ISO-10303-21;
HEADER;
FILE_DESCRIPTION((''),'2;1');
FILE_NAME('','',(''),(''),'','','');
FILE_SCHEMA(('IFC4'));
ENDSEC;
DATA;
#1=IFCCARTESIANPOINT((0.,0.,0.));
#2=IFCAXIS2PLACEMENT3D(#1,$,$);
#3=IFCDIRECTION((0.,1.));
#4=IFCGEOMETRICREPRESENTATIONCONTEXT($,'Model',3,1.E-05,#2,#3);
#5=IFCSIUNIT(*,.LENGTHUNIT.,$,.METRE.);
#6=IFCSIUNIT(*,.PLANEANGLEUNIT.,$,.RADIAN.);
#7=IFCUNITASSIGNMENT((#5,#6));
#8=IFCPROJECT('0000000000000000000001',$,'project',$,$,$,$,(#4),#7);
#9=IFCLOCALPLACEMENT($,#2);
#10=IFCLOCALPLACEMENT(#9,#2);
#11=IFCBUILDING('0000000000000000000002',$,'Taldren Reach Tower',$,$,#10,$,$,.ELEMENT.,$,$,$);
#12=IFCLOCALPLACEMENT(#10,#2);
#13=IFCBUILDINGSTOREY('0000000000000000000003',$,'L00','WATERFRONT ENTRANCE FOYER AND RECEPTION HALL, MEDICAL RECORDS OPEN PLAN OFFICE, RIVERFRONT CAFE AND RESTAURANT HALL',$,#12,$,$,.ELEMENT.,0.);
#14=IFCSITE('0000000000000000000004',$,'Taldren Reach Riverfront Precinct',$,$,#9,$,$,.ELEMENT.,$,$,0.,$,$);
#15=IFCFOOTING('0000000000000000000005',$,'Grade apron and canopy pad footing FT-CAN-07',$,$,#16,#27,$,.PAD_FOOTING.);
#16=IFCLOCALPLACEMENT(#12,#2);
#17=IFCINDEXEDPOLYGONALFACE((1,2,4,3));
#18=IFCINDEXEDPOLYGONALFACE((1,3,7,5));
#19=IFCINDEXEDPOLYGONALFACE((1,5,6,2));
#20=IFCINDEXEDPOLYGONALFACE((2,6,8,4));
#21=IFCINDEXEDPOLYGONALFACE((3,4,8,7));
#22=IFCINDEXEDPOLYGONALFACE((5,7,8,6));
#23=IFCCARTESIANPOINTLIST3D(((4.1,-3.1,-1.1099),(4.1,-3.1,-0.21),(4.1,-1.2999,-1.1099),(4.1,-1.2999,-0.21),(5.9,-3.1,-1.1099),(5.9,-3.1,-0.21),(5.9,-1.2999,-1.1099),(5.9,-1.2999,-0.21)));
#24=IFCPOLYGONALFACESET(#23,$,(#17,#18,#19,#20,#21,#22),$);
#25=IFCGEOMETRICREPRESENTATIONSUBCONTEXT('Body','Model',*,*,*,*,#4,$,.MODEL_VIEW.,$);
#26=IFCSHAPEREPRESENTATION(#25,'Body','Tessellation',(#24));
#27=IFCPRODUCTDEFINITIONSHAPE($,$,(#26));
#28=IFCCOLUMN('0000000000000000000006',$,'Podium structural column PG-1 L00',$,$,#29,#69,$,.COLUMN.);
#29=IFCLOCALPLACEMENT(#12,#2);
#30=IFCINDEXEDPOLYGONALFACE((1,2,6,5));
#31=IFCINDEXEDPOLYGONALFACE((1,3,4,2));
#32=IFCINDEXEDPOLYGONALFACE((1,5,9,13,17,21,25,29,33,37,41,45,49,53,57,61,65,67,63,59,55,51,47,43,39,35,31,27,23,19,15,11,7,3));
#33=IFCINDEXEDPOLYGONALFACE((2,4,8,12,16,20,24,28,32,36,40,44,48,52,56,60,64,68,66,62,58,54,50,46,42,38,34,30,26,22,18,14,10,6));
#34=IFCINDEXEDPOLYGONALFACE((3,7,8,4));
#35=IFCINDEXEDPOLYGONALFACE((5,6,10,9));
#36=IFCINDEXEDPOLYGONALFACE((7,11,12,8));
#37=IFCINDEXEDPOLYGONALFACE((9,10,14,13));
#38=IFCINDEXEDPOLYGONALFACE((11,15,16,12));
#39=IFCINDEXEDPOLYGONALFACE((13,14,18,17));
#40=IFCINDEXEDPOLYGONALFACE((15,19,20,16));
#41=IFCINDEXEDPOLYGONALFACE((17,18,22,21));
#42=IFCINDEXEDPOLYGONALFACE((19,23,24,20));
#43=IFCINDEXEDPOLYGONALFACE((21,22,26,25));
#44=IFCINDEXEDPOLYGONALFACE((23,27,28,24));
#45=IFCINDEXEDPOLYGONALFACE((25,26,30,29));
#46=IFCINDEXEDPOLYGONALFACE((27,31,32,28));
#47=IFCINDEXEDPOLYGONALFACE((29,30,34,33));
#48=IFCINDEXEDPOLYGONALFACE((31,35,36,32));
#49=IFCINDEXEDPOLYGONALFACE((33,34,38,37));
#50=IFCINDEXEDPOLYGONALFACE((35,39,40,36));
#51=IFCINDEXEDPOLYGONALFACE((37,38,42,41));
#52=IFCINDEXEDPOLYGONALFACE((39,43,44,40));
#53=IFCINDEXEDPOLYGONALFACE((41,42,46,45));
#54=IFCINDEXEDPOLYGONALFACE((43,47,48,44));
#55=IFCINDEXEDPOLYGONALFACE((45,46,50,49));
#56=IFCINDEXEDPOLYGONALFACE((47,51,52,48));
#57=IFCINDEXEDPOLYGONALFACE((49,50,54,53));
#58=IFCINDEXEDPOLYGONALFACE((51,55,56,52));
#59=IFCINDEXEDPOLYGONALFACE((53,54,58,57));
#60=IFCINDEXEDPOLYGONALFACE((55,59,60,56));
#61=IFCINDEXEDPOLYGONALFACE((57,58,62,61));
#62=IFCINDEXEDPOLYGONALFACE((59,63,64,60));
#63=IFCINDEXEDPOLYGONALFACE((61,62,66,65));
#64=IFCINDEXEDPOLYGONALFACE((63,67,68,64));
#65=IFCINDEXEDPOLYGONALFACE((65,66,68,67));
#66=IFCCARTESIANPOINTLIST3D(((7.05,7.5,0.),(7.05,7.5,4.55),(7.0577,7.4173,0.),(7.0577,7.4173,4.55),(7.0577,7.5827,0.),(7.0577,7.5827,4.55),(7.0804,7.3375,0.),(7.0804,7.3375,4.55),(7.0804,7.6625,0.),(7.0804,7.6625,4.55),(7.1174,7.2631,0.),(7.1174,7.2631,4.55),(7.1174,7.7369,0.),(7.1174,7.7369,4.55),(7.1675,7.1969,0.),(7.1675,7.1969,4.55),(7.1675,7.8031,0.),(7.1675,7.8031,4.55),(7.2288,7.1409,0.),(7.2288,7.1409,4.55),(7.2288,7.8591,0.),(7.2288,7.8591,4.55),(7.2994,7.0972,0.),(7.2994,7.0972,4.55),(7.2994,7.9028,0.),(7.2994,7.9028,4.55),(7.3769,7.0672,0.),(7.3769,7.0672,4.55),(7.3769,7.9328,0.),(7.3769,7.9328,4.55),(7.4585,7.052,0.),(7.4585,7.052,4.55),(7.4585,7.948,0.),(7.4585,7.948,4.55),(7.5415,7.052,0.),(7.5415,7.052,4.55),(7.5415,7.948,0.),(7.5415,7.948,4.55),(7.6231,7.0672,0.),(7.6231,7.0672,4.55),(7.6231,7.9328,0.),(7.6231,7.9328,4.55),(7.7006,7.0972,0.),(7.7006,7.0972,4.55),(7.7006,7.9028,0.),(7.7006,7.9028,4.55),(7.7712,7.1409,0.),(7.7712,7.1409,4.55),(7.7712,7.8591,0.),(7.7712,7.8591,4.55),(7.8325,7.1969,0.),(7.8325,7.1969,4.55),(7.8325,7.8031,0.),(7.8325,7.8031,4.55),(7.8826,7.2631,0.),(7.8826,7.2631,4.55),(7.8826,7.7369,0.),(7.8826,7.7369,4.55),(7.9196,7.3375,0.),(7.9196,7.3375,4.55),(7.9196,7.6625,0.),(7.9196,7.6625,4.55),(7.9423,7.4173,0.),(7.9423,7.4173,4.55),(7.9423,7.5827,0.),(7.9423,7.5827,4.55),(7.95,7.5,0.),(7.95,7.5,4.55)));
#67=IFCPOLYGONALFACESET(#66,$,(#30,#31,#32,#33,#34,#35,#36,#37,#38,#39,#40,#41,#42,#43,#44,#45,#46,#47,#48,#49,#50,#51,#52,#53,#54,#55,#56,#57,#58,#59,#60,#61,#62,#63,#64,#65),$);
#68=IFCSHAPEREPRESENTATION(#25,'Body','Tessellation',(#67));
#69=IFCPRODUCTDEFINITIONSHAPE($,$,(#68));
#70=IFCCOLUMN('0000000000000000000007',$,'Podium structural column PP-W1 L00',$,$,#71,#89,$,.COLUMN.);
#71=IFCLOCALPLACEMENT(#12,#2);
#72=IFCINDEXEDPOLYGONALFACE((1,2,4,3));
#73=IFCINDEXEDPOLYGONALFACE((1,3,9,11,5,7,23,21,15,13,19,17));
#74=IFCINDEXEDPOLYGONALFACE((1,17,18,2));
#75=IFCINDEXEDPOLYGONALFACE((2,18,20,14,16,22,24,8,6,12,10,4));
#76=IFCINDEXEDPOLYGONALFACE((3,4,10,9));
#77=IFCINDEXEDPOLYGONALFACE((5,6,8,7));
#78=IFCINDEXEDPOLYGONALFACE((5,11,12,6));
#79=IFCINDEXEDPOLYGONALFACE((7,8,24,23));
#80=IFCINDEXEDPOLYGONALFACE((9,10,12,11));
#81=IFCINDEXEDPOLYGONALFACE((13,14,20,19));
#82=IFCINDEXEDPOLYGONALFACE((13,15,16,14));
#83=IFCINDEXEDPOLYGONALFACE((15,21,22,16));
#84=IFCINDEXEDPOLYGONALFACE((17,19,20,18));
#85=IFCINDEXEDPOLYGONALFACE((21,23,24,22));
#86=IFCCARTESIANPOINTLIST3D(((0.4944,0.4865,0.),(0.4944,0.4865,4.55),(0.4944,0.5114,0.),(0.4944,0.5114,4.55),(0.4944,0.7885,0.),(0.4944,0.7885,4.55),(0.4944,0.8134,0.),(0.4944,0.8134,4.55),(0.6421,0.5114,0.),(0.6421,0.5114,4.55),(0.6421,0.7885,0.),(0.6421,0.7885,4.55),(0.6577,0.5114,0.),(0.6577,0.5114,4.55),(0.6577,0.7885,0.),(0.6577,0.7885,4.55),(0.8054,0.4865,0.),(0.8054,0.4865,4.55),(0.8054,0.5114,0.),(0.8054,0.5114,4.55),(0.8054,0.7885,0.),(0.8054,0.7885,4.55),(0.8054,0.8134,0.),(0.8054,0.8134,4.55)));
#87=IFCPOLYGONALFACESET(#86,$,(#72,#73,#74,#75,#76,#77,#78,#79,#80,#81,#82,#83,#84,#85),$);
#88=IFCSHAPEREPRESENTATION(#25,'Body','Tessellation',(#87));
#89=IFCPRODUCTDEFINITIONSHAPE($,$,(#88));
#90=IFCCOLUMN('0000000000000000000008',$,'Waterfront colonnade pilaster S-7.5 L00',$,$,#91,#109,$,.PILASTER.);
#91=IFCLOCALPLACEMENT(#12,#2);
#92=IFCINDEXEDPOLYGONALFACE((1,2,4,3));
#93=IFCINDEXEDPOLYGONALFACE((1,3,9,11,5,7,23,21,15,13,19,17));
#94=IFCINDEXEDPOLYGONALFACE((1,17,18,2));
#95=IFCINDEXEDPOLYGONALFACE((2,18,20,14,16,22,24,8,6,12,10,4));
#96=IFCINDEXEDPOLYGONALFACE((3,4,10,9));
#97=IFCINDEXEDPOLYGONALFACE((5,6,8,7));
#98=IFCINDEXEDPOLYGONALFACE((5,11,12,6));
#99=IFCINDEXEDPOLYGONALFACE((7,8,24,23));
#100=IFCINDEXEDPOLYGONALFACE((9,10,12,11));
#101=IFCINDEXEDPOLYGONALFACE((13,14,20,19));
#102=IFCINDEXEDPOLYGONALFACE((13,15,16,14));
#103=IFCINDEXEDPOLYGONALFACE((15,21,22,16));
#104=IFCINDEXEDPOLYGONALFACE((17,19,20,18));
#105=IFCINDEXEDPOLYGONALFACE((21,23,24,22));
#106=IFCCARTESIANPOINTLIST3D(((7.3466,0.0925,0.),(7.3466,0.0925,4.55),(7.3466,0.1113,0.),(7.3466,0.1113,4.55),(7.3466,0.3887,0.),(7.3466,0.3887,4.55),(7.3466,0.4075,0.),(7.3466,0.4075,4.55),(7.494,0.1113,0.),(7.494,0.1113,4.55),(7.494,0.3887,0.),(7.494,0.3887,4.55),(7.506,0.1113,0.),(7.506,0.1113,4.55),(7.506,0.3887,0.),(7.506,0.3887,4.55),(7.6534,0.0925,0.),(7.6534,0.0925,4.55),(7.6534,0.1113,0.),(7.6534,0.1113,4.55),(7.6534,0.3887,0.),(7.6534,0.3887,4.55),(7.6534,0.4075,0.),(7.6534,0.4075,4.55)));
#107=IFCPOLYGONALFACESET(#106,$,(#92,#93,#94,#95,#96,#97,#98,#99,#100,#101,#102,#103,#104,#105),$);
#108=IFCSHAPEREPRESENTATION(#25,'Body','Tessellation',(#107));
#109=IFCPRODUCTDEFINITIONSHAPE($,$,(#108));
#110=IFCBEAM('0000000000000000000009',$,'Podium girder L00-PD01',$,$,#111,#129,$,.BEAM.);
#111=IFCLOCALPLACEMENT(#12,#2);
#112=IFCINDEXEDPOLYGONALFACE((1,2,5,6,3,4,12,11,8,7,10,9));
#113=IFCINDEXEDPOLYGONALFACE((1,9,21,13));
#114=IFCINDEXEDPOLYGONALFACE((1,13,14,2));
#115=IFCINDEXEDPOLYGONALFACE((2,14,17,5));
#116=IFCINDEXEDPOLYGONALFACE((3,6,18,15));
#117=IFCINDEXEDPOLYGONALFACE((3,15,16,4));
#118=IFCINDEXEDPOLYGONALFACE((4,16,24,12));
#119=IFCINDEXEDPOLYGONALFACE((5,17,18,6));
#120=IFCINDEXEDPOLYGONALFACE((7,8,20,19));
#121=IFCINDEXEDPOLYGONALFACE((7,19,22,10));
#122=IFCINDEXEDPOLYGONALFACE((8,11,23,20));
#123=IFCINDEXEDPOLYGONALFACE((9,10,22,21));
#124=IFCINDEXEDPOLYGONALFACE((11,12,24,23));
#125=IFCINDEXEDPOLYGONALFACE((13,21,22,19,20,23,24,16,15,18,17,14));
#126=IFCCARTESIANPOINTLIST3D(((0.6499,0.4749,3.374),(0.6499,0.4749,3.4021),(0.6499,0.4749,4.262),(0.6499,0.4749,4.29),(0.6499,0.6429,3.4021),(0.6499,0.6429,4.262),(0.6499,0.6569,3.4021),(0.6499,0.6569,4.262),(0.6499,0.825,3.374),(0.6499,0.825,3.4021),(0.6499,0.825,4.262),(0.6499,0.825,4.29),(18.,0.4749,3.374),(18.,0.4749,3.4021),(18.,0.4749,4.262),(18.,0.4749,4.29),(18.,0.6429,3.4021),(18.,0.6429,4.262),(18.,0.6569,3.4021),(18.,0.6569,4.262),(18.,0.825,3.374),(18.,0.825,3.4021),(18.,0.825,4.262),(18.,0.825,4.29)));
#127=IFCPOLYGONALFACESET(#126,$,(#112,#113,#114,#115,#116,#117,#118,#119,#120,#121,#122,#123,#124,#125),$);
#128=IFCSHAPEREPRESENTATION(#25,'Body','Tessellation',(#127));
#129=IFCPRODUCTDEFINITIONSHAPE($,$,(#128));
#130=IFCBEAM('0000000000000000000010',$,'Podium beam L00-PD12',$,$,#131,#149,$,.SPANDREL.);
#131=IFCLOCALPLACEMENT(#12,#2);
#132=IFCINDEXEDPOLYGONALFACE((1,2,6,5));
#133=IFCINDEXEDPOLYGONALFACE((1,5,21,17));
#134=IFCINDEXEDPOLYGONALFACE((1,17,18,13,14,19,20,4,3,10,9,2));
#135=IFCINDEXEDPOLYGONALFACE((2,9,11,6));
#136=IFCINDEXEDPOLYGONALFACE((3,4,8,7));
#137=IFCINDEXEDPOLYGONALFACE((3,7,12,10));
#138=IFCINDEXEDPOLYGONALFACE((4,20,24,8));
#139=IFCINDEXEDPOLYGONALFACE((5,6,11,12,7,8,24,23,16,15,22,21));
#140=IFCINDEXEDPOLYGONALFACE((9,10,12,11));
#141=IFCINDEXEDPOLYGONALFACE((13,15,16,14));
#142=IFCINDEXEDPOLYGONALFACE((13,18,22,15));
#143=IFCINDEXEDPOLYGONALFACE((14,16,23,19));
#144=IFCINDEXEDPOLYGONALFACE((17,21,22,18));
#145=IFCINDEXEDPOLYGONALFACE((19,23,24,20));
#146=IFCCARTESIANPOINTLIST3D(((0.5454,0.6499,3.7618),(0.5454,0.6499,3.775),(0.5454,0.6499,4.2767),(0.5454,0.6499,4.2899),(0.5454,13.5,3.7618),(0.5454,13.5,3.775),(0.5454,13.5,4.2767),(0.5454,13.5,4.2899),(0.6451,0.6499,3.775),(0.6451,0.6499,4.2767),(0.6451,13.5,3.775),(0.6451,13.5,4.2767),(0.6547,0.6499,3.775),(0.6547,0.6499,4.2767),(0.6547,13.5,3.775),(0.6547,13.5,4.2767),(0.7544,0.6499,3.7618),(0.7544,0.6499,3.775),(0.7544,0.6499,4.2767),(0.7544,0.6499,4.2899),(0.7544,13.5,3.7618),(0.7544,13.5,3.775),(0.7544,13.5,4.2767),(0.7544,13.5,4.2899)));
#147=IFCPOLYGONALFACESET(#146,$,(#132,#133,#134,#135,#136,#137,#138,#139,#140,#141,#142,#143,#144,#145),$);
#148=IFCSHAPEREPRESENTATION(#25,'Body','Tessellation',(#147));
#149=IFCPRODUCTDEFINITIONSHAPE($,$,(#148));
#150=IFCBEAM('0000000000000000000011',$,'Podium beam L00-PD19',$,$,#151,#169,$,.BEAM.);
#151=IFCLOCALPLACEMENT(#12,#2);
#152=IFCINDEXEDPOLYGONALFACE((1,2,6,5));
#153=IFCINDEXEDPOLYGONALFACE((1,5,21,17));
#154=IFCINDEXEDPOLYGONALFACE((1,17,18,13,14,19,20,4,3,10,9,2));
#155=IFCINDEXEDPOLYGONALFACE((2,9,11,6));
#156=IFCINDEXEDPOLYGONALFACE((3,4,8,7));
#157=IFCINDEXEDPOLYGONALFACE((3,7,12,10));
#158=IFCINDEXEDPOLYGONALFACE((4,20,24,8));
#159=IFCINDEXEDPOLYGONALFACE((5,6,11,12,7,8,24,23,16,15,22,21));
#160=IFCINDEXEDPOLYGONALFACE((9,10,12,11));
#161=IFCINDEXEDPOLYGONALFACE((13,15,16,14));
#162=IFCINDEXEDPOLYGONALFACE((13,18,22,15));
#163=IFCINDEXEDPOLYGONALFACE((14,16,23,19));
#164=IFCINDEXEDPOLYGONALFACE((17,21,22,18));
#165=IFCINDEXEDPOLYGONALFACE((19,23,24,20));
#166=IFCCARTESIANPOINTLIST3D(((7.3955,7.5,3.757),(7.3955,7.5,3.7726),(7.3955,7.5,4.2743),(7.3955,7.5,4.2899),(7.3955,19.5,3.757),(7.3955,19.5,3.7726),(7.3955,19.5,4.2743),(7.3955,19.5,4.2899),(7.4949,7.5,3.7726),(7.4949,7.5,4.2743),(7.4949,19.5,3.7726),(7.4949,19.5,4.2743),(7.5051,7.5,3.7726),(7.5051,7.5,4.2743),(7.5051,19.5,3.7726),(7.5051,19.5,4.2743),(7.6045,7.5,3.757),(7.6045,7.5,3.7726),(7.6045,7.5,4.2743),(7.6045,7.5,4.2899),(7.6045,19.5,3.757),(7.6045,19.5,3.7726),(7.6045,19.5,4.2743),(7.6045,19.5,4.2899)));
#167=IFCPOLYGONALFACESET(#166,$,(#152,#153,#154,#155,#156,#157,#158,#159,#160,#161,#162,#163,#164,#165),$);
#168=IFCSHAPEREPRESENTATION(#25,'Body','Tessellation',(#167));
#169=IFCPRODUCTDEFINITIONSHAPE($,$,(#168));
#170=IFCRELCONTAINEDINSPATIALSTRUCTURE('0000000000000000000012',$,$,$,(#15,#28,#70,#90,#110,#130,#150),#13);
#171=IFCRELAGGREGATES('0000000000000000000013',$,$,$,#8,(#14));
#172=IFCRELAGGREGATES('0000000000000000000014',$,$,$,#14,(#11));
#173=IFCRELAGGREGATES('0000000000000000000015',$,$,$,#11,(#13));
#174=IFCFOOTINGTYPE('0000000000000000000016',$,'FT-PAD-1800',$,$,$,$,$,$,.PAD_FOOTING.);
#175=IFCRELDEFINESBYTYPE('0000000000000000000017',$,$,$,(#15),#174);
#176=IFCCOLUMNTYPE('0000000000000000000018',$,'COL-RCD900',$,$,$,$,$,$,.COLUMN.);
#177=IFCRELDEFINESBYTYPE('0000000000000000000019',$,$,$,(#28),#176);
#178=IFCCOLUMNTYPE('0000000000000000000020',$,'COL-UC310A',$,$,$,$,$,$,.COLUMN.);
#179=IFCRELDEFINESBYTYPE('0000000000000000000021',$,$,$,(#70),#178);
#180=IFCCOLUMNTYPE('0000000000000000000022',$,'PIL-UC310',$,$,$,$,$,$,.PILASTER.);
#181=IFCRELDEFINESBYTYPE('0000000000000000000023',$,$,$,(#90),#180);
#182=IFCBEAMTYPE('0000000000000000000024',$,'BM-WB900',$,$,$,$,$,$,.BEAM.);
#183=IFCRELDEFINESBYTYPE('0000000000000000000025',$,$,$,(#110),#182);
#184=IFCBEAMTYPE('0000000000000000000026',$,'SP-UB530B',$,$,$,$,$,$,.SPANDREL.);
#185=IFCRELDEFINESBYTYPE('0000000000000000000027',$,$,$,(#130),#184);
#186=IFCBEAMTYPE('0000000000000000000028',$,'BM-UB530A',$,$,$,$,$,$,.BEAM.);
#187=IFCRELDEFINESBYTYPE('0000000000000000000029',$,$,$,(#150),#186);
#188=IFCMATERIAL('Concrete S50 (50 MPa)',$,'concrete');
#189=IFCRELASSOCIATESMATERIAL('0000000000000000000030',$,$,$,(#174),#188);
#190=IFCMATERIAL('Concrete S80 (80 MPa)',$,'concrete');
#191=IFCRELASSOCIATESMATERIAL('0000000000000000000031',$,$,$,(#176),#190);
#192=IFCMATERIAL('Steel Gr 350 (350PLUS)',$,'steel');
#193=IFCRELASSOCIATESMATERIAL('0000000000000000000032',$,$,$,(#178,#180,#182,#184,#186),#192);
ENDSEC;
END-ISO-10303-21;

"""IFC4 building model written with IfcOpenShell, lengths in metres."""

from ifc_helpers import new_model, si_unit, direction, frame, origin, origin_2d, place, context, subcontext, project, spatial, rectangle, circle, i_section, extrude, source, transform, mapped, material, material_profile, profile_set, type_object, element, save


model = new_model("IFC4")

# Units and contexts
model_context = context("Model", 3, precision=1e-05, world=origin(), true_north=direction((0.0, 1.0)))
body_context = subcontext(model_context, "Body", "Model", "MODEL_VIEW")
ifc_project = project(units=[si_unit("LENGTHUNIT", "METRE"), si_unit("PLANEANGLEUNIT", "RADIAN")], contexts=[model_context])

# Site, building, storey
site_placement = place(None, origin())
site = spatial("IfcSite", under=ifc_project, at=site_placement, Name="Taldren Reach Riverfront Precinct", CompositionType="ELEMENT", RefElevation=0.0)
building_placement = place(site_placement, origin())
building = spatial("IfcBuilding", under=site, at=building_placement, Name="Taldren Reach Tower", CompositionType="ELEMENT")
storey_placement = place(building_placement, origin())
storey = spatial("IfcBuildingStorey", under=building, at=storey_placement, Name="L00", Description="WATERFRONT ENTRANCE FOYER AND RECEPTION HALL, MEDICAL RECORDS OPEN PLAN OFFICE, RIVERFRONT CAFE AND RESTAURANT HALL", CompositionType="ELEMENT", Elevation=0.0)

# Footing
ifc_material_1 = material(Name="Concrete S50 (50 MPa)", Category="concrete")
footing_type = type_object("IfcFootingType", Name="FT-PAD-1800", PredefinedType="PAD_FOOTING", material=ifc_material_1)
shared_shape_1 = source(origin(), body_context, "Body", "SweptSolid", [
    extrude(rectangle(XDim=1.8, YDim=1.8, at=origin_2d()), origin(), (0.0, 0.0, 1.0), 0.8999),
])
footing_placement = place(storey_placement, frame((5.0, -2.2, -1.1099), z_axis=(0.0, 0.0, 1.0), x_axis=(1.0, 0.0, 0.0)))
element("IfcFooting", 1, at=footing_placement, inside=storey, type_object=footing_type, Name="Grade apron and canopy pad footing FT-CAN-07", PredefinedType="PAD_FOOTING", context=body_context, shape_type="MappedRepresentation", body=[
    mapped(shared_shape_1, transform((0.0, 0.0, 0.0), scale=1.0)),
])

# Columns
ifc_material_2 = material(Name="Concrete S80 (80 MPa)", Category="concrete")
ifc_material_profile_1 = material_profile(ifc_material_2, circle(Radius=0.45, at=origin_2d()), Name="RC-900D")
ifc_profile_set_1 = profile_set([ifc_material_profile_1], Name="Concrete S80 (80 MPa)")
column_type_1 = type_object("IfcColumnType", Name="COL-RCD900", PredefinedType="COLUMN", material=ifc_profile_set_1)
shared_shape_2 = source(origin(), body_context, "Body", "SweptSolid", [
    extrude(circle(Radius=0.45, at=origin_2d()), origin(), (0.0, 0.0, 1.0), 4.55),
])
column_1_placement = place(storey_placement, frame((7.5, 7.5, 0.0), z_axis=(0.0, 0.0, 1.0), x_axis=(1.0, 0.0, 0.0)))
element("IfcColumn", 2, at=column_1_placement, inside=storey, type_object=column_type_1, Name="Podium structural column PG-1 L00", PredefinedType="COLUMN", context=body_context, shape_type="MappedRepresentation", body=[
    mapped(shared_shape_2, transform((0.0, 0.0, 0.0), scale=1.0)),
])
ifc_material_3 = material(Name="Steel Gr 350 (350PLUS)", Category="steel")
ifc_material_profile_2 = material_profile(ifc_material_3, i_section(OverallWidth=0.311, OverallDepth=0.3269, WebThickness=0.0156, FlangeThickness=0.0249, at=origin_2d()), Name="310UC158")
ifc_profile_set_2 = profile_set([ifc_material_profile_2], Name="Steel Gr 350 (350PLUS)")
column_type_2 = type_object("IfcColumnType", Name="COL-UC310A", PredefinedType="COLUMN", material=ifc_profile_set_2)
shared_shape_3 = source(origin(), body_context, "Body", "SweptSolid", [
    extrude(i_section(OverallWidth=0.311, OverallDepth=0.3269, WebThickness=0.0156, FlangeThickness=0.0249, at=origin_2d()), origin(), (0.0, 0.0, 1.0), 4.55),
])
column_2_placement = place(storey_placement, frame((0.6499, 0.6499, 0.0), z_axis=(0.0, 0.0, 1.0), x_axis=(1.0, 0.0, 0.0)))
element("IfcColumn", 3, at=column_2_placement, inside=storey, type_object=column_type_2, Name="Podium structural column PP-W1 L00", PredefinedType="COLUMN", context=body_context, shape_type="MappedRepresentation", body=[
    mapped(shared_shape_3, transform((0.0, 0.0, 0.0), scale=1.0)),
])
ifc_material_profile_3 = material_profile(ifc_material_3, i_section(OverallWidth=0.3069, OverallDepth=0.3149, WebThickness=0.012, FlangeThickness=0.0188, at=origin_2d()), Name="310UC118")
ifc_profile_set_3 = profile_set([ifc_material_profile_3], Name="Steel Gr 350 (350PLUS)")
column_type_3 = type_object("IfcColumnType", Name="PIL-UC310", PredefinedType="PILASTER", material=ifc_profile_set_3)
shared_shape_4 = source(origin(), body_context, "Body", "SweptSolid", [
    extrude(i_section(OverallWidth=0.3069, OverallDepth=0.3149, WebThickness=0.012, FlangeThickness=0.0188, at=origin_2d()), origin(), (0.0, 0.0, 1.0), 4.55),
])
column_3_placement = place(storey_placement, frame((7.5, 0.25, 0.0), z_axis=(0.0, 0.0, 1.0), x_axis=(1.0, 0.0, 0.0)))
element("IfcColumn", 4, at=column_3_placement, inside=storey, type_object=column_type_3, Name="Waterfront colonnade pilaster S-7.5 L00", PredefinedType="PILASTER", context=body_context, shape_type="MappedRepresentation", body=[
    mapped(shared_shape_4, transform((0.0, 0.0, 0.0), scale=1.0)),
])

# Beams
ifc_material_profile_4 = material_profile(ifc_material_3, i_section(OverallWidth=0.3501, OverallDepth=0.916, WebThickness=0.0139, FlangeThickness=0.0281, at=origin_2d()), Name="900WB257")
ifc_profile_set_4 = profile_set([ifc_material_profile_4], Name="Steel Gr 350 (350PLUS)")
beam_type_1 = type_object("IfcBeamType", Name="BM-WB900", PredefinedType="BEAM", material=ifc_profile_set_4)
shared_shape_5 = source(origin(), body_context, "Body", "SweptSolid", [
    extrude(i_section(OverallWidth=0.3501, OverallDepth=0.916, WebThickness=0.0139, FlangeThickness=0.0281, at=origin_2d()), origin(), (0.0, 0.0, 1.0), 17.3501),
])
beam_1_placement = place(storey_placement, frame((0.6499, 0.6499, 3.832), z_axis=(1.0, 0.0, 0.0), x_axis=(0.0, 1.0, 0.0)))
element("IfcBeam", 5, at=beam_1_placement, inside=storey, type_object=beam_type_1, Name="Podium girder L00-PD01", PredefinedType="BEAM", context=body_context, shape_type="MappedRepresentation", body=[
    mapped(shared_shape_5, transform((0.0, 0.0, 0.0), scale=1.0)),
])
ifc_material_profile_5 = material_profile(ifc_material_3, i_section(OverallWidth=0.209, OverallDepth=0.5281, WebThickness=0.0095, FlangeThickness=0.0132, at=origin_2d()), Name="530UB82.0")
ifc_profile_set_5 = profile_set([ifc_material_profile_5], Name="Steel Gr 350 (350PLUS)")
beam_type_2 = type_object("IfcBeamType", Name="SP-UB530B", PredefinedType="SPANDREL", material=ifc_profile_set_5)
shared_shape_6 = source(origin(), body_context, "Body", "SweptSolid", [
    extrude(i_section(OverallWidth=0.209, OverallDepth=0.5281, WebThickness=0.0095, FlangeThickness=0.0132, at=origin_2d()), origin(), (0.0, 0.0, 1.0), 12.8501),
])
beam_2_placement = place(storey_placement, frame((0.6499, 0.6499, 4.0259), z_axis=(0.0, 1.0, 0.0), x_axis=(-1.0, 0.0, 0.0)))
element("IfcBeam", 6, at=beam_2_placement, inside=storey, type_object=beam_type_2, Name="Podium beam L00-PD12", PredefinedType="SPANDREL", context=body_context, shape_type="MappedRepresentation", body=[
    mapped(shared_shape_6, transform((0.0, 0.0, 0.0), scale=1.0)),
])
ifc_material_profile_6 = material_profile(ifc_material_3, i_section(OverallWidth=0.209, OverallDepth=0.533, WebThickness=0.0103, FlangeThickness=0.0156, at=origin_2d()), Name="530UB92.4")
ifc_profile_set_6 = profile_set([ifc_material_profile_6], Name="Steel Gr 350 (350PLUS)")
beam_type_3 = type_object("IfcBeamType", Name="BM-UB530A", PredefinedType="BEAM", material=ifc_profile_set_6)
shared_shape_7 = source(origin(), body_context, "Body", "SweptSolid", [
    extrude(i_section(OverallWidth=0.209, OverallDepth=0.533, WebThickness=0.0103, FlangeThickness=0.0156, at=origin_2d()), origin(), (0.0, 0.0, 1.0), 12.0),
])
beam_3_placement = place(storey_placement, frame((7.5, 7.5, 4.0234), z_axis=(0.0, 1.0, 0.0), x_axis=(-1.0, 0.0, 0.0)))
element("IfcBeam", 7, at=beam_3_placement, inside=storey, type_object=beam_type_3, Name="Podium beam L00-PD19", PredefinedType="BEAM", context=body_context, shape_type="MappedRepresentation", body=[
    mapped(shared_shape_7, transform((0.0, 0.0, 0.0), scale=1.0)),
])

save(model, "model.ifc")
